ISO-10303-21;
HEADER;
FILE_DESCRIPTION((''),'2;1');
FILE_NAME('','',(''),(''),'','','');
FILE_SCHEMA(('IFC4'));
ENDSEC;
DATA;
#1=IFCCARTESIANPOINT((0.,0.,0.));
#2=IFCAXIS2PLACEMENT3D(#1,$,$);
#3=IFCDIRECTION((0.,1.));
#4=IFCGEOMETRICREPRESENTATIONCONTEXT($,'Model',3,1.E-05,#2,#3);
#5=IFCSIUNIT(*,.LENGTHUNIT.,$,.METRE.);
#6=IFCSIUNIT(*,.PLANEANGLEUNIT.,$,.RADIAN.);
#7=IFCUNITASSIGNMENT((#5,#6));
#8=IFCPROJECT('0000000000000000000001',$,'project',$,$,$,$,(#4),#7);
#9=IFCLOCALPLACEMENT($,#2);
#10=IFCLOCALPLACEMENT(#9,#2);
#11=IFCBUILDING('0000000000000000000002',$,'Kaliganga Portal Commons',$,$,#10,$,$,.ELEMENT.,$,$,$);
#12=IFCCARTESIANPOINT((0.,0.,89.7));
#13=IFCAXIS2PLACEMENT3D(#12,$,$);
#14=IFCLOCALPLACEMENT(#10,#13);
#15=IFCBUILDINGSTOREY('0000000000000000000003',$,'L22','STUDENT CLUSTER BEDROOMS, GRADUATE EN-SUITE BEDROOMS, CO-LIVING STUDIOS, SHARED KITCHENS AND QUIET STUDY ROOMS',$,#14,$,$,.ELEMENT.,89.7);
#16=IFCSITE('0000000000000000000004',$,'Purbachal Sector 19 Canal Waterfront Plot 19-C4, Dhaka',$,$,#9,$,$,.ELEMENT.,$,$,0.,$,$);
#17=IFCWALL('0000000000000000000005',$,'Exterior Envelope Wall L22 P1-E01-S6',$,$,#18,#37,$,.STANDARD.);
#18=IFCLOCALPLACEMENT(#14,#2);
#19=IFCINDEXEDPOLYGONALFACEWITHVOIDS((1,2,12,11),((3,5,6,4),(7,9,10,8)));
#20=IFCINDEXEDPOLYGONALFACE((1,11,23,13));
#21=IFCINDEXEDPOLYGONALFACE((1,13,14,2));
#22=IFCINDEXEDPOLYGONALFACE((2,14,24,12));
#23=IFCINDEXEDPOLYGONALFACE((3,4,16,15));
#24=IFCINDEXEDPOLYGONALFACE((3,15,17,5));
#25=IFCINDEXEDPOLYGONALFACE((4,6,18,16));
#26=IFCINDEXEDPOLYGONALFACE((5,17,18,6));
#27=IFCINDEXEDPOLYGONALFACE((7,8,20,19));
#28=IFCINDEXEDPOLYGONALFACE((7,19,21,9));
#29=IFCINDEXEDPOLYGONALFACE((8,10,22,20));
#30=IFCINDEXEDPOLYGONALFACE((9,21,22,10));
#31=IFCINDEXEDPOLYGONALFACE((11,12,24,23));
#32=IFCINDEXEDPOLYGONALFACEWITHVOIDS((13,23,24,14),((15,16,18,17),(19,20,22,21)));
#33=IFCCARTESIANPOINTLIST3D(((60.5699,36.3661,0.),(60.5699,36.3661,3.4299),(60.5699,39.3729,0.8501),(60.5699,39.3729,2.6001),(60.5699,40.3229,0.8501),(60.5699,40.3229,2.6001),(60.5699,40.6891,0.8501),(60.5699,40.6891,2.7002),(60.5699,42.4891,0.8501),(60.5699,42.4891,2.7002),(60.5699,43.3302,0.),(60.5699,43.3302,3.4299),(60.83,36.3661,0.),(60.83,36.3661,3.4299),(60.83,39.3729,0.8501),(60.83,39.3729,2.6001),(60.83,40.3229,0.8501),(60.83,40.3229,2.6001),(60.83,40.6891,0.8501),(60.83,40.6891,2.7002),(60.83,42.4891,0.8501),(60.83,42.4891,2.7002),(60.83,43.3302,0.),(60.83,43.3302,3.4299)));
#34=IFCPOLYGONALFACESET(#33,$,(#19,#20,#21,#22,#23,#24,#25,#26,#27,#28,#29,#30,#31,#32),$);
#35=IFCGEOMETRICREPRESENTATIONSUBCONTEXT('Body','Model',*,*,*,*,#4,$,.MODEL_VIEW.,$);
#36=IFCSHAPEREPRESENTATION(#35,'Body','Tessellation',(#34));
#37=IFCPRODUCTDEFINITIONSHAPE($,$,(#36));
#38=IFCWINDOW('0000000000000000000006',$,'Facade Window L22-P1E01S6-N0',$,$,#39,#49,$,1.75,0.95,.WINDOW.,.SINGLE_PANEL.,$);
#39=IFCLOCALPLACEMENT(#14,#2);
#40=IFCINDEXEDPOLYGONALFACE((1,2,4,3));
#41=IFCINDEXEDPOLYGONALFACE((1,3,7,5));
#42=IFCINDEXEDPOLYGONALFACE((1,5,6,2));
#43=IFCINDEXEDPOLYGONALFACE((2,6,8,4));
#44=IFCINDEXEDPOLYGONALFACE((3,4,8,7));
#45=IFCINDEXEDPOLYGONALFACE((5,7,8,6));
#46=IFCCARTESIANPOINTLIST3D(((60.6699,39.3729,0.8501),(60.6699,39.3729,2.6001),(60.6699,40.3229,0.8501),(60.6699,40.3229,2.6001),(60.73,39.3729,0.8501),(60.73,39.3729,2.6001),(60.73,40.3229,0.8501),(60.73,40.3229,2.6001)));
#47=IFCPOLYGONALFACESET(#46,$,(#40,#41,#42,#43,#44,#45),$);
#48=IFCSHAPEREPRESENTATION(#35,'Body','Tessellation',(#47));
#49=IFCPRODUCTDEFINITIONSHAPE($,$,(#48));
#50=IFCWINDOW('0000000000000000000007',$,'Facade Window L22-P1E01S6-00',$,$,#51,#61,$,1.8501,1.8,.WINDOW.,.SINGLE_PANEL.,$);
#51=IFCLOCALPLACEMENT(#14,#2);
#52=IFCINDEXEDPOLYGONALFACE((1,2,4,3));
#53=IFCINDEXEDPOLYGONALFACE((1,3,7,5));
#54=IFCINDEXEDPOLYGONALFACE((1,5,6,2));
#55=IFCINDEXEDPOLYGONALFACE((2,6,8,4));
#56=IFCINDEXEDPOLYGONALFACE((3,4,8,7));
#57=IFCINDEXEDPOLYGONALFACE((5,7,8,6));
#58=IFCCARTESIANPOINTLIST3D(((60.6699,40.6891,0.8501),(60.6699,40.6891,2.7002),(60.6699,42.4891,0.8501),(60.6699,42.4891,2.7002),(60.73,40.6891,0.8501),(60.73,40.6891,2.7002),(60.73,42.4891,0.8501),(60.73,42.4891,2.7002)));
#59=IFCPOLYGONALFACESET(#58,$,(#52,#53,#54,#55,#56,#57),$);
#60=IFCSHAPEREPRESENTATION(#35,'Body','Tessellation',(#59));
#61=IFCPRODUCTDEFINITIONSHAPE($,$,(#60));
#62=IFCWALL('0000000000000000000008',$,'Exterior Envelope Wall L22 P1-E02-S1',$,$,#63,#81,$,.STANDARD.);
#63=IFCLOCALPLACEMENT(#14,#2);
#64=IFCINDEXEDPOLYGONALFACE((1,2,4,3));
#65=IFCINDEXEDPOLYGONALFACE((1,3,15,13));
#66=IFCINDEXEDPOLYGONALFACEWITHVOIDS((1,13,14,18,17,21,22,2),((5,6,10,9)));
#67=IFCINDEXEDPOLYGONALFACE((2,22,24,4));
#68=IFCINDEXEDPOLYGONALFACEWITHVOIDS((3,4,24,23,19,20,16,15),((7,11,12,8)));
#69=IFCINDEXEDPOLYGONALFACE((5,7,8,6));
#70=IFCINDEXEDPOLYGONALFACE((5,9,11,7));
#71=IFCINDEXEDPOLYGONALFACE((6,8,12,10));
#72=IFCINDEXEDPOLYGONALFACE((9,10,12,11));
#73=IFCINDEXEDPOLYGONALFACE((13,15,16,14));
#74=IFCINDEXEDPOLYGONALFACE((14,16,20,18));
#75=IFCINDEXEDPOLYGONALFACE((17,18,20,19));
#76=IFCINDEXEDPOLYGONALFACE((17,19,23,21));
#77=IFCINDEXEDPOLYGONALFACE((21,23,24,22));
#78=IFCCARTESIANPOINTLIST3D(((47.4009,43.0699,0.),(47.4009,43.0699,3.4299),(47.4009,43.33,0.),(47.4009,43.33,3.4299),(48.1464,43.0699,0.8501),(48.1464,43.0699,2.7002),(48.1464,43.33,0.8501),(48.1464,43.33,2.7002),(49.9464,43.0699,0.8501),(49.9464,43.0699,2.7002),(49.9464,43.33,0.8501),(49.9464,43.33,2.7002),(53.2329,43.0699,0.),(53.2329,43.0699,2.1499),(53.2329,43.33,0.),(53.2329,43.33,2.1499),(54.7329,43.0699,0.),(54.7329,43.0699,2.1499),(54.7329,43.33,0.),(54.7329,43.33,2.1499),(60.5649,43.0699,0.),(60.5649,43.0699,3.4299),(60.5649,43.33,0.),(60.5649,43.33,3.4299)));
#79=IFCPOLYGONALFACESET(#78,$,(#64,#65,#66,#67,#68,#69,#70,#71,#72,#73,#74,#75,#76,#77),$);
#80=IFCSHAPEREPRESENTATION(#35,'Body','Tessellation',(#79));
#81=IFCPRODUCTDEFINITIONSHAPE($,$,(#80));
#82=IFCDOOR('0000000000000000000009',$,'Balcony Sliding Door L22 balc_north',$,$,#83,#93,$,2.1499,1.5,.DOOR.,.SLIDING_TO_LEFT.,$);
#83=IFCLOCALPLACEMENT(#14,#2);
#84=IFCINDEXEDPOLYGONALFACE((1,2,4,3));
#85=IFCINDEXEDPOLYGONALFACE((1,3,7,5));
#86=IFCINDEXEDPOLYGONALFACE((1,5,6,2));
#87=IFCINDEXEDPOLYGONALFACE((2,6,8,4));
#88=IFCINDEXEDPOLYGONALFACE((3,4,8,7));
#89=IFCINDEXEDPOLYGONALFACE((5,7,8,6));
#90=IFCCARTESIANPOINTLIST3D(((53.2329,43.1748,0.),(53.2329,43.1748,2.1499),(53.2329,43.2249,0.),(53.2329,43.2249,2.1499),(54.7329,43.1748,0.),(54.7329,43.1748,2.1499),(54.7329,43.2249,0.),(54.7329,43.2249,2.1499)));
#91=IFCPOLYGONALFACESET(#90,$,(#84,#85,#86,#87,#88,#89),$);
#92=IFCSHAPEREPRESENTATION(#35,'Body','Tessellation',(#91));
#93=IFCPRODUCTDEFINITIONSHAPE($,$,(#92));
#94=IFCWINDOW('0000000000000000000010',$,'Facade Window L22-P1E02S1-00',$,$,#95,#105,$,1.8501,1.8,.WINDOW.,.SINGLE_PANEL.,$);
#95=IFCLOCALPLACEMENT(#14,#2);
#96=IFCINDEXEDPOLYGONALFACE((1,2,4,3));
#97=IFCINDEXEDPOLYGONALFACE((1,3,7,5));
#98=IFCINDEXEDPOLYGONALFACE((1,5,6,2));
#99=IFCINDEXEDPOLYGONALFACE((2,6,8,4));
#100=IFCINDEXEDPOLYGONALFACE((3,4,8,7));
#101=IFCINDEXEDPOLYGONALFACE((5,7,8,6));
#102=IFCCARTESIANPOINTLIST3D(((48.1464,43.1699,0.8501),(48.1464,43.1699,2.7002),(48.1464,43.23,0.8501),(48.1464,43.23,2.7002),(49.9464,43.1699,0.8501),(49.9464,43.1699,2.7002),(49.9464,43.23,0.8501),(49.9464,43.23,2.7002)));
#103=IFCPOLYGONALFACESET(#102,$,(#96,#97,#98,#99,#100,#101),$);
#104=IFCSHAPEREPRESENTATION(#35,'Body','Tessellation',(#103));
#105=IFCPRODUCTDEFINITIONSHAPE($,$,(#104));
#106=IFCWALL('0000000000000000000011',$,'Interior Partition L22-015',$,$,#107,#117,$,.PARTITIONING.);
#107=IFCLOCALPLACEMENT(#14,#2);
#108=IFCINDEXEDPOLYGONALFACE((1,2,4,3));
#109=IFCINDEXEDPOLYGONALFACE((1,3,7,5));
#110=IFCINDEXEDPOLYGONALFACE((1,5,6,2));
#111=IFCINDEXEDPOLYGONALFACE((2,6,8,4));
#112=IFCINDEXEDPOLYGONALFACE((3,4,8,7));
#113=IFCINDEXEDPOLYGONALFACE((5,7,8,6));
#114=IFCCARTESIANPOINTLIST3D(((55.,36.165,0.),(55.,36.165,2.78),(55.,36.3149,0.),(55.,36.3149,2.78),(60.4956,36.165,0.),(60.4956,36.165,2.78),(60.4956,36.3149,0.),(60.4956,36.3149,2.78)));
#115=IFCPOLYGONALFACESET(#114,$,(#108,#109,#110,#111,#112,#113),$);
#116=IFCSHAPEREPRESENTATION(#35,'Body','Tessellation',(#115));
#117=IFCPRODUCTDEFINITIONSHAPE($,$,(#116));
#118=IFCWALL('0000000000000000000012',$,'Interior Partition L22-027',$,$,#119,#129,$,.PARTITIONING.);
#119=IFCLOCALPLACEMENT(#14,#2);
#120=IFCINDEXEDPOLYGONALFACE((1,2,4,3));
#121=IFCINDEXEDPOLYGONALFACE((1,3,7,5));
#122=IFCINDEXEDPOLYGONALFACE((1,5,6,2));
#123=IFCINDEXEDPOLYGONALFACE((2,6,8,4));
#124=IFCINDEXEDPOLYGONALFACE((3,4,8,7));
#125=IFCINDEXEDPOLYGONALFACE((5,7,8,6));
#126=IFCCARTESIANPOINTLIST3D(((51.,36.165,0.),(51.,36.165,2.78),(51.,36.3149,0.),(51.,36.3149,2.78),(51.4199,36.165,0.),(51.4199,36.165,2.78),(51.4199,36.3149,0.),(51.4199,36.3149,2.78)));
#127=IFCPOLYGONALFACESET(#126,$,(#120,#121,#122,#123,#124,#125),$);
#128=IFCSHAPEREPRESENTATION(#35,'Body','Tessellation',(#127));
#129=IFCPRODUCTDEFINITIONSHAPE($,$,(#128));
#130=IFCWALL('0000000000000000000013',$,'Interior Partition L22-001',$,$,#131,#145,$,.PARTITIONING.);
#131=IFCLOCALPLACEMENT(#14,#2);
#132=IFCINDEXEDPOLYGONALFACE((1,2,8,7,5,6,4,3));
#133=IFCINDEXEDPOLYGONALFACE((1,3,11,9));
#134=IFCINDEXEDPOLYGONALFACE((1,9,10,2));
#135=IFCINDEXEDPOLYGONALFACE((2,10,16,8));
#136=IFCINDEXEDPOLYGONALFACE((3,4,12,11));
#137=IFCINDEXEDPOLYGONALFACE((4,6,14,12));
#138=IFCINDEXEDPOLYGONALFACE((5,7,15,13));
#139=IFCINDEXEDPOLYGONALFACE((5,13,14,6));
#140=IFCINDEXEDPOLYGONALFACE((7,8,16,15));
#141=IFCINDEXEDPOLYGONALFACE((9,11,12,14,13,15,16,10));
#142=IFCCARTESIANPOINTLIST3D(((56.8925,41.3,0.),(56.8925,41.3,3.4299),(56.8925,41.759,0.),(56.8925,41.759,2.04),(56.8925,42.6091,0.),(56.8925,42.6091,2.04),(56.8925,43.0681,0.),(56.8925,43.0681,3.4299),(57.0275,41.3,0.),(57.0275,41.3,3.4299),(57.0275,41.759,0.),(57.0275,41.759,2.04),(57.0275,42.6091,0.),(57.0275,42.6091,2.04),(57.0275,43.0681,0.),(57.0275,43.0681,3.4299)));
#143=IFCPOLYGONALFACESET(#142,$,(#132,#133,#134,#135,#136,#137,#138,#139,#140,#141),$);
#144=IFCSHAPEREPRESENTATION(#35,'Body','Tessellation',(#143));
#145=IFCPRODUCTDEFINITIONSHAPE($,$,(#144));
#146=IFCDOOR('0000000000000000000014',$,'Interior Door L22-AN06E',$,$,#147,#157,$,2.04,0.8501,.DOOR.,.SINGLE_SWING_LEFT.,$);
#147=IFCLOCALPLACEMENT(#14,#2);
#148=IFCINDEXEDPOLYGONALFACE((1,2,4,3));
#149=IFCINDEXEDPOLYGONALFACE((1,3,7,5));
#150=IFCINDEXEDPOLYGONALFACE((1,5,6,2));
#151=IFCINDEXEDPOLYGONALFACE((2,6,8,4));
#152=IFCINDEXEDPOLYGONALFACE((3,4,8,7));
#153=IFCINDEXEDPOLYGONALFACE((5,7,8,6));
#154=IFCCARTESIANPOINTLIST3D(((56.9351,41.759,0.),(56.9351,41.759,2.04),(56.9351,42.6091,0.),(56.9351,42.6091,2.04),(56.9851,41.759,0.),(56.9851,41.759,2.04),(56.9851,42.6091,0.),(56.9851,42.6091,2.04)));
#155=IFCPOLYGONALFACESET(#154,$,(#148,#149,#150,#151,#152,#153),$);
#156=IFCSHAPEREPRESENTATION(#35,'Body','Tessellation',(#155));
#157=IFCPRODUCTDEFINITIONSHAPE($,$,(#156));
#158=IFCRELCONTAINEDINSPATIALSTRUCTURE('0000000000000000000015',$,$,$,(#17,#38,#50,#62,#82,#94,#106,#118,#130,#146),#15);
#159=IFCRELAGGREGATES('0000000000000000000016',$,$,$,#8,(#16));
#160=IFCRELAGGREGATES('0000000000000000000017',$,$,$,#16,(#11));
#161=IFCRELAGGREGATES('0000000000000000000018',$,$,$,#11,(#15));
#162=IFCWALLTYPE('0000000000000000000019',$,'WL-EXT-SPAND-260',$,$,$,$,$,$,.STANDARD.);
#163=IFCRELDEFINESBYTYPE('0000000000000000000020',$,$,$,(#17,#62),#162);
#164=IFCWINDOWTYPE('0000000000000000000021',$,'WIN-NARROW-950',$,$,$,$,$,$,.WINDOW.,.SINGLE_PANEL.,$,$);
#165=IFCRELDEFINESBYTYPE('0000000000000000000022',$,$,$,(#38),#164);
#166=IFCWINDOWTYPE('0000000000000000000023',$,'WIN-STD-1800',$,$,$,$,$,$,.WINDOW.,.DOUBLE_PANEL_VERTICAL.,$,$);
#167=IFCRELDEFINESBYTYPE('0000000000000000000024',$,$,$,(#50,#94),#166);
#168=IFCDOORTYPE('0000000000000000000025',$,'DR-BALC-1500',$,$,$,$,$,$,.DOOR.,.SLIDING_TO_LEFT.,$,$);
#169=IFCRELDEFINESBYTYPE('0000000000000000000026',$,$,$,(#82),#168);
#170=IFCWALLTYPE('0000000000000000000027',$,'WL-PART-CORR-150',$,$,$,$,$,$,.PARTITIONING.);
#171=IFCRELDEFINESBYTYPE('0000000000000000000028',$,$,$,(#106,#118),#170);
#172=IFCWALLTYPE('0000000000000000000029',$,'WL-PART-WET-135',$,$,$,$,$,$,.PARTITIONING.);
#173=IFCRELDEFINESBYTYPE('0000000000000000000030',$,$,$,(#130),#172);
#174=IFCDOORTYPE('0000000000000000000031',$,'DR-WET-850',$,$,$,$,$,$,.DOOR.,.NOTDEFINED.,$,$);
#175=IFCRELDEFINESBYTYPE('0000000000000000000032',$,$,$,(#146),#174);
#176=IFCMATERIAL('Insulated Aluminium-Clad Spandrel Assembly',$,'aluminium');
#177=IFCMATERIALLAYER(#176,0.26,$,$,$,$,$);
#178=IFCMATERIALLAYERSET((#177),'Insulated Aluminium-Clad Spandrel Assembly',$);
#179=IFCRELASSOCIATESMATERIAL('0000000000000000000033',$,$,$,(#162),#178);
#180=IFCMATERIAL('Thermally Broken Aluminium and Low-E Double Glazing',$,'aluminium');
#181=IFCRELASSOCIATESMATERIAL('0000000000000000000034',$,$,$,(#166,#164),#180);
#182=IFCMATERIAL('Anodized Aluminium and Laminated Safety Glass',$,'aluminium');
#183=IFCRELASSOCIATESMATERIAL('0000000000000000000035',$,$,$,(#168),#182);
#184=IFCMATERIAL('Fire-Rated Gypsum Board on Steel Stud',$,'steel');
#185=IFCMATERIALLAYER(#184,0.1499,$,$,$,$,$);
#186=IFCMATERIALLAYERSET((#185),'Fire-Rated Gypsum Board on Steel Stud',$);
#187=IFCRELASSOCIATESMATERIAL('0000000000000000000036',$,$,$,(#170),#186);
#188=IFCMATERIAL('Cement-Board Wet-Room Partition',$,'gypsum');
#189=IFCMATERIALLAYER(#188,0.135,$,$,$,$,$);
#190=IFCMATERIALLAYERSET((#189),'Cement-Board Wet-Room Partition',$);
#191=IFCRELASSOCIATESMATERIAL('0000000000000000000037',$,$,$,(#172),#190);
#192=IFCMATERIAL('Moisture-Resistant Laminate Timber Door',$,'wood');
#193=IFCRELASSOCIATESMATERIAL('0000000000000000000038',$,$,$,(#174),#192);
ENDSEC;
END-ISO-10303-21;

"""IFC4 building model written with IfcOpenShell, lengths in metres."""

from ifc_helpers import new_model, si_unit, direction, frame, frame_2d, origin, place, context, subcontext, project, spatial, rectangle, extrude, material, layer, layer_set, type_object, element, fill, save


model = new_model("IFC4")

# Units and contexts
model_context = context("Model", 3, precision=1e-05, world=origin(), true_north=direction((0.0, 1.0)))
body_context = subcontext(model_context, "Body", "Model", "MODEL_VIEW")
ifc_project = project(units=[si_unit("LENGTHUNIT", "METRE"), si_unit("PLANEANGLEUNIT", "RADIAN")], contexts=[model_context])

# Site, building, storey
site_placement = place(None, origin())
site = spatial("IfcSite", under=ifc_project, at=site_placement, Name="Purbachal Sector 19 Canal Waterfront Plot 19-C4, Dhaka", CompositionType="ELEMENT", RefElevation=0.0)
building_placement = place(site_placement, origin())
building = spatial("IfcBuilding", under=site, at=building_placement, Name="Kaliganga Portal Commons", CompositionType="ELEMENT")
storey_placement = place(building_placement, frame((0.0, 0.0, 89.7)))
storey = spatial("IfcBuildingStorey", under=building, at=storey_placement, Name="L22", Description="STUDENT CLUSTER BEDROOMS, GRADUATE EN-SUITE BEDROOMS, CO-LIVING STUDIOS, SHARED KITCHENS AND QUIET STUDY ROOMS", CompositionType="ELEMENT", Elevation=89.7)

# Wall, openings, windows
ifc_material_1 = material(Name="Insulated Aluminium-Clad Spandrel Assembly", Category="aluminium")
ifc_layer_1 = layer(ifc_material_1, 0.26)
ifc_layer_set_1 = layer_set([ifc_layer_1], Name="Insulated Aluminium-Clad Spandrel Assembly")
wall_type_1 = type_object("IfcWallType", Name="WL-EXT-SPAND-260", PredefinedType="STANDARD", material=ifc_layer_set_1)
ifc_material_2 = material(Name="Thermally Broken Aluminium and Low-E Double Glazing", Category="aluminium")
window_type_1 = type_object("IfcWindowType", Name="WIN-STD-1800", PartitioningType="DOUBLE_PANEL_VERTICAL", PredefinedType="WINDOW", material=ifc_material_2)
wall_1_placement = place(storey_placement, frame((60.7, 43.3301, 0.0), z_axis=(0.0, 0.0, 1.0), x_axis=(0.0, -1.0, 0.0)))
wall_1 = element("IfcWall", 1, at=wall_1_placement, inside=storey, type_object=wall_type_1, Name="Exterior Envelope Wall L22 P1-E01-S6", PredefinedType="STANDARD", context=body_context, shape_type="SweptSolid", body=[
    extrude(rectangle(XDim=6.9641, YDim=0.26, at=frame_2d((3.4819, 0.0))), origin(), (0.0, 0.0, 1.0), 3.4299),
])
opening_1_placement = place(wall_1_placement, frame((0.8411, 0.0, 0.8501)))
opening_1 = element("IfcOpeningElement", 2, at=opening_1_placement, cuts=wall_1, PredefinedType="OPENING", context=body_context, shape_type="SweptSolid", body=[
    extrude(rectangle(XDim=1.8, YDim=1.8501, at=frame_2d((0.8999, 0.925))), frame((0.0, 0.1401, 0.0), z_axis=(0.0, -1.0, 0.0), x_axis=(1.0, 0.0, 0.0)), (0.0, 0.0, 1.0), 0.28),
])
opening_2_placement = place(wall_1_placement, frame((3.0071, 0.0, 0.8501)))
opening_2 = element("IfcOpeningElement", 3, at=opening_2_placement, cuts=wall_1, PredefinedType="OPENING", context=body_context, shape_type="SweptSolid", body=[
    extrude(rectangle(XDim=0.95, YDim=1.75, at=frame_2d((0.4751, 0.875))), frame((0.0, 0.1401, 0.0), z_axis=(0.0, -1.0, 0.0), x_axis=(1.0, 0.0, 0.0)), (0.0, 0.0, 1.0), 0.28),
])
window_type_2 = type_object("IfcWindowType", Name="WIN-NARROW-950", PartitioningType="SINGLE_PANEL", PredefinedType="WINDOW", material=ifc_material_2)
window_1_placement = place(opening_2_placement, origin())
window_1 = element("IfcWindow", 4, at=window_1_placement, inside=storey, type_object=window_type_2, Name="Facade Window L22-P1E01S6-N0", OverallHeight=1.75, OverallWidth=0.95, PartitioningType="SINGLE_PANEL", PredefinedType="WINDOW", context=body_context, shape_type="SweptSolid", body=[
    extrude(rectangle(XDim=0.95, YDim=1.75, at=frame_2d((0.4751, 0.875))), frame((0.0, 0.03, 0.0), z_axis=(0.0, -1.0, 0.0), x_axis=(1.0, 0.0, 0.0)), (0.0, 0.0, 1.0), 0.0601),
])
fill(opening_2, window_1)
window_2_placement = place(opening_1_placement, origin())
window_2 = element("IfcWindow", 5, at=window_2_placement, inside=storey, type_object=window_type_1, Name="Facade Window L22-P1E01S6-00", OverallHeight=1.8501, OverallWidth=1.8, PartitioningType="SINGLE_PANEL", PredefinedType="WINDOW", context=body_context, shape_type="SweptSolid", body=[
    extrude(rectangle(XDim=1.8, YDim=1.8501, at=frame_2d((0.8999, 0.925))), frame((0.0, 0.03, 0.0), z_axis=(0.0, -1.0, 0.0), x_axis=(1.0, 0.0, 0.0)), (0.0, 0.0, 1.0), 0.0601),
])
fill(opening_1, window_2)

# Wall, openings, door, window
wall_2_placement = place(storey_placement, frame((47.4009, 43.2, 0.0), z_axis=(0.0, 0.0, 1.0), x_axis=(1.0, 0.0, 0.0)))
wall_2 = element("IfcWall", 6, at=wall_2_placement, inside=storey, type_object=wall_type_1, Name="Exterior Envelope Wall L22 P1-E02-S1", PredefinedType="STANDARD", context=body_context, shape_type="SweptSolid", body=[
    extrude(rectangle(XDim=13.1641, YDim=0.26, at=frame_2d((6.582, 0.0))), origin(), (0.0, 0.0, 1.0), 3.4299),
])
opening_3_placement = place(wall_2_placement, frame((5.832, 0.0, 0.0)))
opening_3 = element("IfcOpeningElement", 7, at=opening_3_placement, cuts=wall_2, PredefinedType="OPENING", context=body_context, shape_type="SweptSolid", body=[
    extrude(rectangle(XDim=1.5, YDim=2.1499, at=frame_2d((0.75, 1.075))), frame((0.0, 0.1401, 0.0), z_axis=(0.0, -1.0, 0.0), x_axis=(1.0, 0.0, 0.0)), (0.0, 0.0, 1.0), 0.28),
])
opening_4_placement = place(wall_2_placement, frame((0.7456, 0.0, 0.8501)))
opening_4 = element("IfcOpeningElement", 8, at=opening_4_placement, cuts=wall_2, PredefinedType="OPENING", context=body_context, shape_type="SweptSolid", body=[
    extrude(rectangle(XDim=1.8, YDim=1.8501, at=frame_2d((0.8999, 0.925))), frame((0.0, 0.1401, 0.0), z_axis=(0.0, -1.0, 0.0), x_axis=(1.0, 0.0, 0.0)), (0.0, 0.0, 1.0), 0.28),
])
ifc_material_3 = material(Name="Anodized Aluminium and Laminated Safety Glass", Category="aluminium")
door_type_1 = type_object("IfcDoorType", Name="DR-BALC-1500", OperationType="SLIDING_TO_LEFT", PredefinedType="DOOR", material=ifc_material_3)
door_1_placement = place(opening_3_placement, origin())
door_1 = element("IfcDoor", 9, at=door_1_placement, inside=storey, type_object=door_type_1, Name="Balcony Sliding Door L22 balc_north", OperationType="SLIDING_TO_LEFT", OverallHeight=2.1499, OverallWidth=1.5, PredefinedType="DOOR", context=body_context, shape_type="SweptSolid", body=[
    extrude(rectangle(XDim=1.5, YDim=2.1499, at=frame_2d((0.75, 1.075))), frame((0.0, 0.0249, 0.0), z_axis=(0.0, -1.0, 0.0), x_axis=(1.0, 0.0, 0.0)), (0.0, 0.0, 1.0), 0.05),
])
fill(opening_3, door_1)
window_3_placement = place(opening_4_placement, origin())
window_3 = element("IfcWindow", 10, at=window_3_placement, inside=storey, type_object=window_type_1, Name="Facade Window L22-P1E02S1-00", OverallHeight=1.8501, OverallWidth=1.8, PartitioningType="SINGLE_PANEL", PredefinedType="WINDOW", context=body_context, shape_type="SweptSolid", body=[
    extrude(rectangle(XDim=1.8, YDim=1.8501, at=frame_2d((0.8999, 0.925))), frame((0.0, 0.03, 0.0), z_axis=(0.0, -1.0, 0.0), x_axis=(1.0, 0.0, 0.0)), (0.0, 0.0, 1.0), 0.0601),
])
fill(opening_4, window_3)

# Shared definitions
ifc_material_4 = material(Name="Fire-Rated Gypsum Board on Steel Stud", Category="steel")
ifc_layer_2 = layer(ifc_material_4, 0.1499)
ifc_layer_set_2 = layer_set([ifc_layer_2], Name="Fire-Rated Gypsum Board on Steel Stud")
wall_type_2 = type_object("IfcWallType", Name="WL-PART-CORR-150", PredefinedType="PARTITIONING", material=ifc_layer_set_2)

# Wall
wall_3_placement = place(storey_placement, frame((55.0, 36.24, 0.0), z_axis=(0.0, 0.0, 1.0), x_axis=(1.0, 0.0, 0.0)))
element("IfcWall", 11, at=wall_3_placement, inside=storey, type_object=wall_type_2, Name="Interior Partition L22-015", PredefinedType="PARTITIONING", context=body_context, shape_type="SweptSolid", body=[
    extrude(rectangle(XDim=5.4956, YDim=0.1499, at=frame_2d((2.7478, 0.0))), origin(), (0.0, 0.0, 1.0), 2.78),
])

# Wall
wall_4_placement = place(storey_placement, frame((51.0, 36.24, 0.0), z_axis=(0.0, 0.0, 1.0), x_axis=(1.0, 0.0, 0.0)))
element("IfcWall", 12, at=wall_4_placement, inside=storey, type_object=wall_type_2, Name="Interior Partition L22-027", PredefinedType="PARTITIONING", context=body_context, shape_type="SweptSolid", body=[
    extrude(rectangle(XDim=0.4199, YDim=0.1499, at=frame_2d((0.21, 0.0))), origin(), (0.0, 0.0, 1.0), 2.78),
])

# Wall, opening, door
ifc_material_5 = material(Name="Cement-Board Wet-Room Partition", Category="gypsum")
ifc_layer_3 = layer(ifc_material_5, 0.135)
ifc_layer_set_3 = layer_set([ifc_layer_3], Name="Cement-Board Wet-Room Partition")
wall_type_3 = type_object("IfcWallType", Name="WL-PART-WET-135", PredefinedType="PARTITIONING", material=ifc_layer_set_3)
wall_5_placement = place(storey_placement, frame((56.96, 41.3, 0.0), z_axis=(0.0, 0.0, 1.0), x_axis=(0.0, 1.0, 0.0)))
wall_5 = element("IfcWall", 13, at=wall_5_placement, inside=storey, type_object=wall_type_3, Name="Interior Partition L22-001", PredefinedType="PARTITIONING", context=body_context, shape_type="SweptSolid", body=[
    extrude(rectangle(XDim=1.7681, YDim=0.135, at=frame_2d((0.884, 0.0))), origin(), (0.0, 0.0, 1.0), 3.4299),
])
opening_5_placement = place(wall_5_placement, frame((0.459, 0.0, 0.0)))
opening_5 = element("IfcOpeningElement", 14, at=opening_5_placement, cuts=wall_5, PredefinedType="OPENING", context=body_context, shape_type="SweptSolid", body=[
    extrude(rectangle(XDim=0.8501, YDim=2.04, at=frame_2d((0.425, 1.02))), frame((0.0, 0.0776, 0.0), z_axis=(0.0, -1.0, 0.0), x_axis=(1.0, 0.0, 0.0)), (0.0, 0.0, 1.0), 0.155),
])
ifc_material_6 = material(Name="Moisture-Resistant Laminate Timber Door", Category="wood")
door_type_2 = type_object("IfcDoorType", Name="DR-WET-850", OperationType="NOTDEFINED", PredefinedType="DOOR", material=ifc_material_6)
door_2_placement = place(opening_5_placement, origin())
door_2 = element("IfcDoor", 15, at=door_2_placement, inside=storey, type_object=door_type_2, Name="Interior Door L22-AN06E", OperationType="SINGLE_SWING_LEFT", OverallHeight=2.04, OverallWidth=0.8501, PredefinedType="DOOR", context=body_context, shape_type="SweptSolid", body=[
    extrude(rectangle(XDim=0.8501, YDim=2.04, at=frame_2d((0.425, 1.02))), frame((0.0, 0.0249, 0.0), z_axis=(0.0, -1.0, 0.0), x_axis=(1.0, 0.0, 0.0)), (0.0, 0.0, 1.0), 0.05),
])
fill(opening_5, door_2)

save(model, "model.ifc")
